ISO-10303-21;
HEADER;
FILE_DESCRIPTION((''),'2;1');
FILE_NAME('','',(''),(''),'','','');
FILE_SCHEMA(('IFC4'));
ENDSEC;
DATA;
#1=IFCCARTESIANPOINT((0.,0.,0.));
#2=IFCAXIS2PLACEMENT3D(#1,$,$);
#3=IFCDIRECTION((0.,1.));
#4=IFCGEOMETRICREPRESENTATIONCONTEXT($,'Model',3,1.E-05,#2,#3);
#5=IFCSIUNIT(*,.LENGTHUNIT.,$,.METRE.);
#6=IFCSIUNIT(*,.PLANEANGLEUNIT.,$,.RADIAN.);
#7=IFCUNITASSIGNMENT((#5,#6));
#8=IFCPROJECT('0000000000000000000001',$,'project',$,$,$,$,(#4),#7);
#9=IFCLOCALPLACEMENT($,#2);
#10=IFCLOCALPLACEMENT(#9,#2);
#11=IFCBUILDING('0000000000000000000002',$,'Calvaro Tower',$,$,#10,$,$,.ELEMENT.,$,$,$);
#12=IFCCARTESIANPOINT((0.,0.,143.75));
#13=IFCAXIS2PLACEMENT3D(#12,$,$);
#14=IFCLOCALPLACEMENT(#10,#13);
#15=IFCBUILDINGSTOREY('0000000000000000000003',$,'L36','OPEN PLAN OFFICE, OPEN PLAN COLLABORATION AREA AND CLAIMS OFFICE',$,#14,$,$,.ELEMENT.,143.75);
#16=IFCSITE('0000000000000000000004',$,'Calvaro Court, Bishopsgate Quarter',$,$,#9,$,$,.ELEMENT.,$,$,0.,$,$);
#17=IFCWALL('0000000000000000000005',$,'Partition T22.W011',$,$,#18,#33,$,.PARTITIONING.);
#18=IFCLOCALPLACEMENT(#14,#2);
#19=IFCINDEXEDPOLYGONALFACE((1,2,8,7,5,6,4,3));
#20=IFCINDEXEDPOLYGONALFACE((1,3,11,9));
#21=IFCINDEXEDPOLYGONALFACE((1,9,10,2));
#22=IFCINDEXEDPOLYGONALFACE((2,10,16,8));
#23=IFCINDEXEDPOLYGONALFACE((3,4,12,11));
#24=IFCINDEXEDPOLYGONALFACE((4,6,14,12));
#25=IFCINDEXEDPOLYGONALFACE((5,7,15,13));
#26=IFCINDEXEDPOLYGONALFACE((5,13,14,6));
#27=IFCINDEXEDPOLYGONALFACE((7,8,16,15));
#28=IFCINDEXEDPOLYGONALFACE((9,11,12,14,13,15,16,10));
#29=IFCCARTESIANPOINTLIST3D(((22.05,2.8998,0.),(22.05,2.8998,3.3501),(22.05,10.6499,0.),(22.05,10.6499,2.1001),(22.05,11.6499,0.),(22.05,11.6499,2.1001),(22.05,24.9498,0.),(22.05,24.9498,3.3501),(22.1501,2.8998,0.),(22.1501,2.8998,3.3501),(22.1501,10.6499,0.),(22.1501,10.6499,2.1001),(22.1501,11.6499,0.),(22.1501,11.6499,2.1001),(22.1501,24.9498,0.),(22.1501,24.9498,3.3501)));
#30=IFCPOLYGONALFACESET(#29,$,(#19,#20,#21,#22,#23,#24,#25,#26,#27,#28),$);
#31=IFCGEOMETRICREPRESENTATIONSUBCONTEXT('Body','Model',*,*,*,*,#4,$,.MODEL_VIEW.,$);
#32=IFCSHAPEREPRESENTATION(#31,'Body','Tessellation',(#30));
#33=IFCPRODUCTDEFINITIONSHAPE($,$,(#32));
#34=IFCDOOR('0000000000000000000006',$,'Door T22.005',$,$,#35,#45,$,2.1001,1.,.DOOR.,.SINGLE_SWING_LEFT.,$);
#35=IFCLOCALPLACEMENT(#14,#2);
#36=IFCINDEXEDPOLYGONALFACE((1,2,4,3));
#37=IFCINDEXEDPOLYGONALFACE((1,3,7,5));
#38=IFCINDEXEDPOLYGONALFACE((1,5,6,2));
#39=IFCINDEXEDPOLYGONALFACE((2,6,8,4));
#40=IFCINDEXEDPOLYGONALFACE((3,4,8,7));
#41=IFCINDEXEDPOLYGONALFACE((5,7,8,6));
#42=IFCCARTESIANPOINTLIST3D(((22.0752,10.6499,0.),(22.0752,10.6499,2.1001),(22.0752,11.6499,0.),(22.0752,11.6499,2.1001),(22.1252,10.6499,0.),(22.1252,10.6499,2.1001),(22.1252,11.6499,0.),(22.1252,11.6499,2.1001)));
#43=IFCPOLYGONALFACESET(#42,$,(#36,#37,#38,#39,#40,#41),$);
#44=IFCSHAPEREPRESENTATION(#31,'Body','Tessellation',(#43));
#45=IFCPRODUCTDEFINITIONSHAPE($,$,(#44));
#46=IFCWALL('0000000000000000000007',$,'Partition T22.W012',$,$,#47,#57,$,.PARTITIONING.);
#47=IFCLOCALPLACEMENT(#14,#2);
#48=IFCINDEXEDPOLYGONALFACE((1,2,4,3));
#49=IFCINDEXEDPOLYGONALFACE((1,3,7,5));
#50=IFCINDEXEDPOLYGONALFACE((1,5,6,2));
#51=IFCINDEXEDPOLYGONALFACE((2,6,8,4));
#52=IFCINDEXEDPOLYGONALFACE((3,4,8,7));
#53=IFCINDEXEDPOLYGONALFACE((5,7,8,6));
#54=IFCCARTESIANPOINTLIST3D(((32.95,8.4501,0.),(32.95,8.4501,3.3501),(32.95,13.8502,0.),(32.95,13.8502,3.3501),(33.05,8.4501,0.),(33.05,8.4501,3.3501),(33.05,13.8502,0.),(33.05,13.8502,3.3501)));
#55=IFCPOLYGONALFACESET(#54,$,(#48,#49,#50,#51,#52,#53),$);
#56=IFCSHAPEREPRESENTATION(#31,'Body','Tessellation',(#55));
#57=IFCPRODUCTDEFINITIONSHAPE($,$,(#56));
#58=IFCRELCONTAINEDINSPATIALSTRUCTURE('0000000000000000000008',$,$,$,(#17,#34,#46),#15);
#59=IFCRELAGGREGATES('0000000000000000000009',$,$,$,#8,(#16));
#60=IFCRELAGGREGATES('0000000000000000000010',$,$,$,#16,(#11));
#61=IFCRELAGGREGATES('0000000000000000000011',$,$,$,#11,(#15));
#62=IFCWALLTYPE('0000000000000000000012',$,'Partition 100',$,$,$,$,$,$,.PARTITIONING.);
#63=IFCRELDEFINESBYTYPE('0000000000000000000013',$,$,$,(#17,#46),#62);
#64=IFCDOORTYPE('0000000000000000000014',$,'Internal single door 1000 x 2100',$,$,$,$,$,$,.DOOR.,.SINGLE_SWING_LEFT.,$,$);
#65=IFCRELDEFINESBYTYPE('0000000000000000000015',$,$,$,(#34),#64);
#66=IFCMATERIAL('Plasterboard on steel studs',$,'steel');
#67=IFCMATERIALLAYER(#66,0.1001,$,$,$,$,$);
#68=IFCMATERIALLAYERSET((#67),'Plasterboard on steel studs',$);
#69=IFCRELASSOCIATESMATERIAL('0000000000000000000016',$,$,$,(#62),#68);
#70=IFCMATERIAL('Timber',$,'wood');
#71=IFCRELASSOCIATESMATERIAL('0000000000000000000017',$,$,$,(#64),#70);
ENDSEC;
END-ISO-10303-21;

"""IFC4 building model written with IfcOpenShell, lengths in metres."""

from ifc_helpers import new_model, si_unit, direction, frame, frame_2d, origin, place, context, subcontext, project, spatial, rectangle, extrude, material, layer, layer_set, type_object, element, fill, save


model = new_model("IFC4")

# Units and contexts
model_context = context("Model", 3, precision=1e-05, world=origin(), true_north=direction((0.0, 1.0)))
body_context = subcontext(model_context, "Body", "Model", "MODEL_VIEW")
ifc_project = project(units=[si_unit("LENGTHUNIT", "METRE"), si_unit("PLANEANGLEUNIT", "RADIAN")], contexts=[model_context])

# Site, building, storey
site_placement = place(None, origin())
site = spatial("IfcSite", under=ifc_project, at=site_placement, Name="Calvaro Court, Bishopsgate Quarter", CompositionType="ELEMENT", RefElevation=0.0)
building_placement = place(site_placement, origin())
building = spatial("IfcBuilding", under=site, at=building_placement, Name="Calvaro Tower", CompositionType="ELEMENT")
storey_placement = place(building_placement, frame((0.0, 0.0, 143.75)))
storey = spatial("IfcBuildingStorey", under=building, at=storey_placement, Name="L36", Description="OPEN PLAN OFFICE, OPEN PLAN COLLABORATION AREA AND CLAIMS OFFICE", CompositionType="ELEMENT", Elevation=143.75)

# Shared definitions
ifc_material_1 = material(Name="Plasterboard on steel studs", Category="steel")
ifc_layer_1 = layer(ifc_material_1, 0.1001)
ifc_layer_set_1 = layer_set([ifc_layer_1], Name="Plasterboard on steel studs")
wall_type_1 = type_object("IfcWallType", Name="Partition 100", PredefinedType="PARTITIONING", material=ifc_layer_set_1)

# Wall, opening, door
wall_1_placement = place(storey_placement, frame((22.1001, 2.8999, 0.0), z_axis=(0.0, 0.0, 1.0), x_axis=(0.0, 1.0, 0.0)))
wall_1 = element("IfcWall", 1, at=wall_1_placement, inside=storey, type_object=wall_type_1, Name="Partition T22.W011", PredefinedType="PARTITIONING", context=body_context, shape_type="SweptSolid", body=[
    extrude(rectangle(XDim=22.05, YDim=0.1001, at=frame_2d((11.0249, 0.0))), origin(), (0.0, 0.0, 1.0), 3.3501),
])
opening_1_placement = place(wall_1_placement, frame((7.75, 0.0, 0.0)))
opening_1 = element("IfcOpeningElement", 2, at=opening_1_placement, cuts=wall_1, PredefinedType="OPENING", context=body_context, shape_type="SweptSolid", body=[
    extrude(rectangle(XDim=1.0, YDim=2.1001, at=frame_2d((0.5, 1.05))), frame((0.0, 0.0601, 0.0), z_axis=(0.0, -1.0, 0.0), x_axis=(1.0, 0.0, 0.0)), (0.0, 0.0, 1.0), 0.1201),
])
ifc_material_2 = material(Name="Timber", Category="wood")
door_type_1 = type_object("IfcDoorType", Name="Internal single door 1000 x 2100", OperationType="SINGLE_SWING_LEFT", PredefinedType="DOOR", material=ifc_material_2)
door_1_placement = place(opening_1_placement, origin())
door_1 = element("IfcDoor", 3, at=door_1_placement, inside=storey, type_object=door_type_1, Name="Door T22.005", OperationType="SINGLE_SWING_LEFT", OverallHeight=2.1001, OverallWidth=1.0, PredefinedType="DOOR", context=body_context, shape_type="SweptSolid", body=[
    extrude(rectangle(XDim=1.0, YDim=2.1001, at=frame_2d((0.5, 1.05))), frame((0.0, 0.0249, 0.0), z_axis=(0.0, -1.0, 0.0), x_axis=(1.0, 0.0, 0.0)), (0.0, 0.0, 1.0), 0.05),
])
fill(opening_1, door_1)

# Wall
wall_2_placement = place(storey_placement, frame((33.0, 8.45, 0.0), z_axis=(0.0, 0.0, 1.0), x_axis=(0.0, 1.0, 0.0)))
element("IfcWall", 4, at=wall_2_placement, inside=storey, type_object=wall_type_1, Name="Partition T22.W012", PredefinedType="PARTITIONING", context=body_context, shape_type="SweptSolid", body=[
    extrude(rectangle(XDim=5.4001, YDim=0.1001, at=frame_2d((2.7002, 0.0))), origin(), (0.0, 0.0, 1.0), 3.3501),
])

save(model, "model.ifc")
